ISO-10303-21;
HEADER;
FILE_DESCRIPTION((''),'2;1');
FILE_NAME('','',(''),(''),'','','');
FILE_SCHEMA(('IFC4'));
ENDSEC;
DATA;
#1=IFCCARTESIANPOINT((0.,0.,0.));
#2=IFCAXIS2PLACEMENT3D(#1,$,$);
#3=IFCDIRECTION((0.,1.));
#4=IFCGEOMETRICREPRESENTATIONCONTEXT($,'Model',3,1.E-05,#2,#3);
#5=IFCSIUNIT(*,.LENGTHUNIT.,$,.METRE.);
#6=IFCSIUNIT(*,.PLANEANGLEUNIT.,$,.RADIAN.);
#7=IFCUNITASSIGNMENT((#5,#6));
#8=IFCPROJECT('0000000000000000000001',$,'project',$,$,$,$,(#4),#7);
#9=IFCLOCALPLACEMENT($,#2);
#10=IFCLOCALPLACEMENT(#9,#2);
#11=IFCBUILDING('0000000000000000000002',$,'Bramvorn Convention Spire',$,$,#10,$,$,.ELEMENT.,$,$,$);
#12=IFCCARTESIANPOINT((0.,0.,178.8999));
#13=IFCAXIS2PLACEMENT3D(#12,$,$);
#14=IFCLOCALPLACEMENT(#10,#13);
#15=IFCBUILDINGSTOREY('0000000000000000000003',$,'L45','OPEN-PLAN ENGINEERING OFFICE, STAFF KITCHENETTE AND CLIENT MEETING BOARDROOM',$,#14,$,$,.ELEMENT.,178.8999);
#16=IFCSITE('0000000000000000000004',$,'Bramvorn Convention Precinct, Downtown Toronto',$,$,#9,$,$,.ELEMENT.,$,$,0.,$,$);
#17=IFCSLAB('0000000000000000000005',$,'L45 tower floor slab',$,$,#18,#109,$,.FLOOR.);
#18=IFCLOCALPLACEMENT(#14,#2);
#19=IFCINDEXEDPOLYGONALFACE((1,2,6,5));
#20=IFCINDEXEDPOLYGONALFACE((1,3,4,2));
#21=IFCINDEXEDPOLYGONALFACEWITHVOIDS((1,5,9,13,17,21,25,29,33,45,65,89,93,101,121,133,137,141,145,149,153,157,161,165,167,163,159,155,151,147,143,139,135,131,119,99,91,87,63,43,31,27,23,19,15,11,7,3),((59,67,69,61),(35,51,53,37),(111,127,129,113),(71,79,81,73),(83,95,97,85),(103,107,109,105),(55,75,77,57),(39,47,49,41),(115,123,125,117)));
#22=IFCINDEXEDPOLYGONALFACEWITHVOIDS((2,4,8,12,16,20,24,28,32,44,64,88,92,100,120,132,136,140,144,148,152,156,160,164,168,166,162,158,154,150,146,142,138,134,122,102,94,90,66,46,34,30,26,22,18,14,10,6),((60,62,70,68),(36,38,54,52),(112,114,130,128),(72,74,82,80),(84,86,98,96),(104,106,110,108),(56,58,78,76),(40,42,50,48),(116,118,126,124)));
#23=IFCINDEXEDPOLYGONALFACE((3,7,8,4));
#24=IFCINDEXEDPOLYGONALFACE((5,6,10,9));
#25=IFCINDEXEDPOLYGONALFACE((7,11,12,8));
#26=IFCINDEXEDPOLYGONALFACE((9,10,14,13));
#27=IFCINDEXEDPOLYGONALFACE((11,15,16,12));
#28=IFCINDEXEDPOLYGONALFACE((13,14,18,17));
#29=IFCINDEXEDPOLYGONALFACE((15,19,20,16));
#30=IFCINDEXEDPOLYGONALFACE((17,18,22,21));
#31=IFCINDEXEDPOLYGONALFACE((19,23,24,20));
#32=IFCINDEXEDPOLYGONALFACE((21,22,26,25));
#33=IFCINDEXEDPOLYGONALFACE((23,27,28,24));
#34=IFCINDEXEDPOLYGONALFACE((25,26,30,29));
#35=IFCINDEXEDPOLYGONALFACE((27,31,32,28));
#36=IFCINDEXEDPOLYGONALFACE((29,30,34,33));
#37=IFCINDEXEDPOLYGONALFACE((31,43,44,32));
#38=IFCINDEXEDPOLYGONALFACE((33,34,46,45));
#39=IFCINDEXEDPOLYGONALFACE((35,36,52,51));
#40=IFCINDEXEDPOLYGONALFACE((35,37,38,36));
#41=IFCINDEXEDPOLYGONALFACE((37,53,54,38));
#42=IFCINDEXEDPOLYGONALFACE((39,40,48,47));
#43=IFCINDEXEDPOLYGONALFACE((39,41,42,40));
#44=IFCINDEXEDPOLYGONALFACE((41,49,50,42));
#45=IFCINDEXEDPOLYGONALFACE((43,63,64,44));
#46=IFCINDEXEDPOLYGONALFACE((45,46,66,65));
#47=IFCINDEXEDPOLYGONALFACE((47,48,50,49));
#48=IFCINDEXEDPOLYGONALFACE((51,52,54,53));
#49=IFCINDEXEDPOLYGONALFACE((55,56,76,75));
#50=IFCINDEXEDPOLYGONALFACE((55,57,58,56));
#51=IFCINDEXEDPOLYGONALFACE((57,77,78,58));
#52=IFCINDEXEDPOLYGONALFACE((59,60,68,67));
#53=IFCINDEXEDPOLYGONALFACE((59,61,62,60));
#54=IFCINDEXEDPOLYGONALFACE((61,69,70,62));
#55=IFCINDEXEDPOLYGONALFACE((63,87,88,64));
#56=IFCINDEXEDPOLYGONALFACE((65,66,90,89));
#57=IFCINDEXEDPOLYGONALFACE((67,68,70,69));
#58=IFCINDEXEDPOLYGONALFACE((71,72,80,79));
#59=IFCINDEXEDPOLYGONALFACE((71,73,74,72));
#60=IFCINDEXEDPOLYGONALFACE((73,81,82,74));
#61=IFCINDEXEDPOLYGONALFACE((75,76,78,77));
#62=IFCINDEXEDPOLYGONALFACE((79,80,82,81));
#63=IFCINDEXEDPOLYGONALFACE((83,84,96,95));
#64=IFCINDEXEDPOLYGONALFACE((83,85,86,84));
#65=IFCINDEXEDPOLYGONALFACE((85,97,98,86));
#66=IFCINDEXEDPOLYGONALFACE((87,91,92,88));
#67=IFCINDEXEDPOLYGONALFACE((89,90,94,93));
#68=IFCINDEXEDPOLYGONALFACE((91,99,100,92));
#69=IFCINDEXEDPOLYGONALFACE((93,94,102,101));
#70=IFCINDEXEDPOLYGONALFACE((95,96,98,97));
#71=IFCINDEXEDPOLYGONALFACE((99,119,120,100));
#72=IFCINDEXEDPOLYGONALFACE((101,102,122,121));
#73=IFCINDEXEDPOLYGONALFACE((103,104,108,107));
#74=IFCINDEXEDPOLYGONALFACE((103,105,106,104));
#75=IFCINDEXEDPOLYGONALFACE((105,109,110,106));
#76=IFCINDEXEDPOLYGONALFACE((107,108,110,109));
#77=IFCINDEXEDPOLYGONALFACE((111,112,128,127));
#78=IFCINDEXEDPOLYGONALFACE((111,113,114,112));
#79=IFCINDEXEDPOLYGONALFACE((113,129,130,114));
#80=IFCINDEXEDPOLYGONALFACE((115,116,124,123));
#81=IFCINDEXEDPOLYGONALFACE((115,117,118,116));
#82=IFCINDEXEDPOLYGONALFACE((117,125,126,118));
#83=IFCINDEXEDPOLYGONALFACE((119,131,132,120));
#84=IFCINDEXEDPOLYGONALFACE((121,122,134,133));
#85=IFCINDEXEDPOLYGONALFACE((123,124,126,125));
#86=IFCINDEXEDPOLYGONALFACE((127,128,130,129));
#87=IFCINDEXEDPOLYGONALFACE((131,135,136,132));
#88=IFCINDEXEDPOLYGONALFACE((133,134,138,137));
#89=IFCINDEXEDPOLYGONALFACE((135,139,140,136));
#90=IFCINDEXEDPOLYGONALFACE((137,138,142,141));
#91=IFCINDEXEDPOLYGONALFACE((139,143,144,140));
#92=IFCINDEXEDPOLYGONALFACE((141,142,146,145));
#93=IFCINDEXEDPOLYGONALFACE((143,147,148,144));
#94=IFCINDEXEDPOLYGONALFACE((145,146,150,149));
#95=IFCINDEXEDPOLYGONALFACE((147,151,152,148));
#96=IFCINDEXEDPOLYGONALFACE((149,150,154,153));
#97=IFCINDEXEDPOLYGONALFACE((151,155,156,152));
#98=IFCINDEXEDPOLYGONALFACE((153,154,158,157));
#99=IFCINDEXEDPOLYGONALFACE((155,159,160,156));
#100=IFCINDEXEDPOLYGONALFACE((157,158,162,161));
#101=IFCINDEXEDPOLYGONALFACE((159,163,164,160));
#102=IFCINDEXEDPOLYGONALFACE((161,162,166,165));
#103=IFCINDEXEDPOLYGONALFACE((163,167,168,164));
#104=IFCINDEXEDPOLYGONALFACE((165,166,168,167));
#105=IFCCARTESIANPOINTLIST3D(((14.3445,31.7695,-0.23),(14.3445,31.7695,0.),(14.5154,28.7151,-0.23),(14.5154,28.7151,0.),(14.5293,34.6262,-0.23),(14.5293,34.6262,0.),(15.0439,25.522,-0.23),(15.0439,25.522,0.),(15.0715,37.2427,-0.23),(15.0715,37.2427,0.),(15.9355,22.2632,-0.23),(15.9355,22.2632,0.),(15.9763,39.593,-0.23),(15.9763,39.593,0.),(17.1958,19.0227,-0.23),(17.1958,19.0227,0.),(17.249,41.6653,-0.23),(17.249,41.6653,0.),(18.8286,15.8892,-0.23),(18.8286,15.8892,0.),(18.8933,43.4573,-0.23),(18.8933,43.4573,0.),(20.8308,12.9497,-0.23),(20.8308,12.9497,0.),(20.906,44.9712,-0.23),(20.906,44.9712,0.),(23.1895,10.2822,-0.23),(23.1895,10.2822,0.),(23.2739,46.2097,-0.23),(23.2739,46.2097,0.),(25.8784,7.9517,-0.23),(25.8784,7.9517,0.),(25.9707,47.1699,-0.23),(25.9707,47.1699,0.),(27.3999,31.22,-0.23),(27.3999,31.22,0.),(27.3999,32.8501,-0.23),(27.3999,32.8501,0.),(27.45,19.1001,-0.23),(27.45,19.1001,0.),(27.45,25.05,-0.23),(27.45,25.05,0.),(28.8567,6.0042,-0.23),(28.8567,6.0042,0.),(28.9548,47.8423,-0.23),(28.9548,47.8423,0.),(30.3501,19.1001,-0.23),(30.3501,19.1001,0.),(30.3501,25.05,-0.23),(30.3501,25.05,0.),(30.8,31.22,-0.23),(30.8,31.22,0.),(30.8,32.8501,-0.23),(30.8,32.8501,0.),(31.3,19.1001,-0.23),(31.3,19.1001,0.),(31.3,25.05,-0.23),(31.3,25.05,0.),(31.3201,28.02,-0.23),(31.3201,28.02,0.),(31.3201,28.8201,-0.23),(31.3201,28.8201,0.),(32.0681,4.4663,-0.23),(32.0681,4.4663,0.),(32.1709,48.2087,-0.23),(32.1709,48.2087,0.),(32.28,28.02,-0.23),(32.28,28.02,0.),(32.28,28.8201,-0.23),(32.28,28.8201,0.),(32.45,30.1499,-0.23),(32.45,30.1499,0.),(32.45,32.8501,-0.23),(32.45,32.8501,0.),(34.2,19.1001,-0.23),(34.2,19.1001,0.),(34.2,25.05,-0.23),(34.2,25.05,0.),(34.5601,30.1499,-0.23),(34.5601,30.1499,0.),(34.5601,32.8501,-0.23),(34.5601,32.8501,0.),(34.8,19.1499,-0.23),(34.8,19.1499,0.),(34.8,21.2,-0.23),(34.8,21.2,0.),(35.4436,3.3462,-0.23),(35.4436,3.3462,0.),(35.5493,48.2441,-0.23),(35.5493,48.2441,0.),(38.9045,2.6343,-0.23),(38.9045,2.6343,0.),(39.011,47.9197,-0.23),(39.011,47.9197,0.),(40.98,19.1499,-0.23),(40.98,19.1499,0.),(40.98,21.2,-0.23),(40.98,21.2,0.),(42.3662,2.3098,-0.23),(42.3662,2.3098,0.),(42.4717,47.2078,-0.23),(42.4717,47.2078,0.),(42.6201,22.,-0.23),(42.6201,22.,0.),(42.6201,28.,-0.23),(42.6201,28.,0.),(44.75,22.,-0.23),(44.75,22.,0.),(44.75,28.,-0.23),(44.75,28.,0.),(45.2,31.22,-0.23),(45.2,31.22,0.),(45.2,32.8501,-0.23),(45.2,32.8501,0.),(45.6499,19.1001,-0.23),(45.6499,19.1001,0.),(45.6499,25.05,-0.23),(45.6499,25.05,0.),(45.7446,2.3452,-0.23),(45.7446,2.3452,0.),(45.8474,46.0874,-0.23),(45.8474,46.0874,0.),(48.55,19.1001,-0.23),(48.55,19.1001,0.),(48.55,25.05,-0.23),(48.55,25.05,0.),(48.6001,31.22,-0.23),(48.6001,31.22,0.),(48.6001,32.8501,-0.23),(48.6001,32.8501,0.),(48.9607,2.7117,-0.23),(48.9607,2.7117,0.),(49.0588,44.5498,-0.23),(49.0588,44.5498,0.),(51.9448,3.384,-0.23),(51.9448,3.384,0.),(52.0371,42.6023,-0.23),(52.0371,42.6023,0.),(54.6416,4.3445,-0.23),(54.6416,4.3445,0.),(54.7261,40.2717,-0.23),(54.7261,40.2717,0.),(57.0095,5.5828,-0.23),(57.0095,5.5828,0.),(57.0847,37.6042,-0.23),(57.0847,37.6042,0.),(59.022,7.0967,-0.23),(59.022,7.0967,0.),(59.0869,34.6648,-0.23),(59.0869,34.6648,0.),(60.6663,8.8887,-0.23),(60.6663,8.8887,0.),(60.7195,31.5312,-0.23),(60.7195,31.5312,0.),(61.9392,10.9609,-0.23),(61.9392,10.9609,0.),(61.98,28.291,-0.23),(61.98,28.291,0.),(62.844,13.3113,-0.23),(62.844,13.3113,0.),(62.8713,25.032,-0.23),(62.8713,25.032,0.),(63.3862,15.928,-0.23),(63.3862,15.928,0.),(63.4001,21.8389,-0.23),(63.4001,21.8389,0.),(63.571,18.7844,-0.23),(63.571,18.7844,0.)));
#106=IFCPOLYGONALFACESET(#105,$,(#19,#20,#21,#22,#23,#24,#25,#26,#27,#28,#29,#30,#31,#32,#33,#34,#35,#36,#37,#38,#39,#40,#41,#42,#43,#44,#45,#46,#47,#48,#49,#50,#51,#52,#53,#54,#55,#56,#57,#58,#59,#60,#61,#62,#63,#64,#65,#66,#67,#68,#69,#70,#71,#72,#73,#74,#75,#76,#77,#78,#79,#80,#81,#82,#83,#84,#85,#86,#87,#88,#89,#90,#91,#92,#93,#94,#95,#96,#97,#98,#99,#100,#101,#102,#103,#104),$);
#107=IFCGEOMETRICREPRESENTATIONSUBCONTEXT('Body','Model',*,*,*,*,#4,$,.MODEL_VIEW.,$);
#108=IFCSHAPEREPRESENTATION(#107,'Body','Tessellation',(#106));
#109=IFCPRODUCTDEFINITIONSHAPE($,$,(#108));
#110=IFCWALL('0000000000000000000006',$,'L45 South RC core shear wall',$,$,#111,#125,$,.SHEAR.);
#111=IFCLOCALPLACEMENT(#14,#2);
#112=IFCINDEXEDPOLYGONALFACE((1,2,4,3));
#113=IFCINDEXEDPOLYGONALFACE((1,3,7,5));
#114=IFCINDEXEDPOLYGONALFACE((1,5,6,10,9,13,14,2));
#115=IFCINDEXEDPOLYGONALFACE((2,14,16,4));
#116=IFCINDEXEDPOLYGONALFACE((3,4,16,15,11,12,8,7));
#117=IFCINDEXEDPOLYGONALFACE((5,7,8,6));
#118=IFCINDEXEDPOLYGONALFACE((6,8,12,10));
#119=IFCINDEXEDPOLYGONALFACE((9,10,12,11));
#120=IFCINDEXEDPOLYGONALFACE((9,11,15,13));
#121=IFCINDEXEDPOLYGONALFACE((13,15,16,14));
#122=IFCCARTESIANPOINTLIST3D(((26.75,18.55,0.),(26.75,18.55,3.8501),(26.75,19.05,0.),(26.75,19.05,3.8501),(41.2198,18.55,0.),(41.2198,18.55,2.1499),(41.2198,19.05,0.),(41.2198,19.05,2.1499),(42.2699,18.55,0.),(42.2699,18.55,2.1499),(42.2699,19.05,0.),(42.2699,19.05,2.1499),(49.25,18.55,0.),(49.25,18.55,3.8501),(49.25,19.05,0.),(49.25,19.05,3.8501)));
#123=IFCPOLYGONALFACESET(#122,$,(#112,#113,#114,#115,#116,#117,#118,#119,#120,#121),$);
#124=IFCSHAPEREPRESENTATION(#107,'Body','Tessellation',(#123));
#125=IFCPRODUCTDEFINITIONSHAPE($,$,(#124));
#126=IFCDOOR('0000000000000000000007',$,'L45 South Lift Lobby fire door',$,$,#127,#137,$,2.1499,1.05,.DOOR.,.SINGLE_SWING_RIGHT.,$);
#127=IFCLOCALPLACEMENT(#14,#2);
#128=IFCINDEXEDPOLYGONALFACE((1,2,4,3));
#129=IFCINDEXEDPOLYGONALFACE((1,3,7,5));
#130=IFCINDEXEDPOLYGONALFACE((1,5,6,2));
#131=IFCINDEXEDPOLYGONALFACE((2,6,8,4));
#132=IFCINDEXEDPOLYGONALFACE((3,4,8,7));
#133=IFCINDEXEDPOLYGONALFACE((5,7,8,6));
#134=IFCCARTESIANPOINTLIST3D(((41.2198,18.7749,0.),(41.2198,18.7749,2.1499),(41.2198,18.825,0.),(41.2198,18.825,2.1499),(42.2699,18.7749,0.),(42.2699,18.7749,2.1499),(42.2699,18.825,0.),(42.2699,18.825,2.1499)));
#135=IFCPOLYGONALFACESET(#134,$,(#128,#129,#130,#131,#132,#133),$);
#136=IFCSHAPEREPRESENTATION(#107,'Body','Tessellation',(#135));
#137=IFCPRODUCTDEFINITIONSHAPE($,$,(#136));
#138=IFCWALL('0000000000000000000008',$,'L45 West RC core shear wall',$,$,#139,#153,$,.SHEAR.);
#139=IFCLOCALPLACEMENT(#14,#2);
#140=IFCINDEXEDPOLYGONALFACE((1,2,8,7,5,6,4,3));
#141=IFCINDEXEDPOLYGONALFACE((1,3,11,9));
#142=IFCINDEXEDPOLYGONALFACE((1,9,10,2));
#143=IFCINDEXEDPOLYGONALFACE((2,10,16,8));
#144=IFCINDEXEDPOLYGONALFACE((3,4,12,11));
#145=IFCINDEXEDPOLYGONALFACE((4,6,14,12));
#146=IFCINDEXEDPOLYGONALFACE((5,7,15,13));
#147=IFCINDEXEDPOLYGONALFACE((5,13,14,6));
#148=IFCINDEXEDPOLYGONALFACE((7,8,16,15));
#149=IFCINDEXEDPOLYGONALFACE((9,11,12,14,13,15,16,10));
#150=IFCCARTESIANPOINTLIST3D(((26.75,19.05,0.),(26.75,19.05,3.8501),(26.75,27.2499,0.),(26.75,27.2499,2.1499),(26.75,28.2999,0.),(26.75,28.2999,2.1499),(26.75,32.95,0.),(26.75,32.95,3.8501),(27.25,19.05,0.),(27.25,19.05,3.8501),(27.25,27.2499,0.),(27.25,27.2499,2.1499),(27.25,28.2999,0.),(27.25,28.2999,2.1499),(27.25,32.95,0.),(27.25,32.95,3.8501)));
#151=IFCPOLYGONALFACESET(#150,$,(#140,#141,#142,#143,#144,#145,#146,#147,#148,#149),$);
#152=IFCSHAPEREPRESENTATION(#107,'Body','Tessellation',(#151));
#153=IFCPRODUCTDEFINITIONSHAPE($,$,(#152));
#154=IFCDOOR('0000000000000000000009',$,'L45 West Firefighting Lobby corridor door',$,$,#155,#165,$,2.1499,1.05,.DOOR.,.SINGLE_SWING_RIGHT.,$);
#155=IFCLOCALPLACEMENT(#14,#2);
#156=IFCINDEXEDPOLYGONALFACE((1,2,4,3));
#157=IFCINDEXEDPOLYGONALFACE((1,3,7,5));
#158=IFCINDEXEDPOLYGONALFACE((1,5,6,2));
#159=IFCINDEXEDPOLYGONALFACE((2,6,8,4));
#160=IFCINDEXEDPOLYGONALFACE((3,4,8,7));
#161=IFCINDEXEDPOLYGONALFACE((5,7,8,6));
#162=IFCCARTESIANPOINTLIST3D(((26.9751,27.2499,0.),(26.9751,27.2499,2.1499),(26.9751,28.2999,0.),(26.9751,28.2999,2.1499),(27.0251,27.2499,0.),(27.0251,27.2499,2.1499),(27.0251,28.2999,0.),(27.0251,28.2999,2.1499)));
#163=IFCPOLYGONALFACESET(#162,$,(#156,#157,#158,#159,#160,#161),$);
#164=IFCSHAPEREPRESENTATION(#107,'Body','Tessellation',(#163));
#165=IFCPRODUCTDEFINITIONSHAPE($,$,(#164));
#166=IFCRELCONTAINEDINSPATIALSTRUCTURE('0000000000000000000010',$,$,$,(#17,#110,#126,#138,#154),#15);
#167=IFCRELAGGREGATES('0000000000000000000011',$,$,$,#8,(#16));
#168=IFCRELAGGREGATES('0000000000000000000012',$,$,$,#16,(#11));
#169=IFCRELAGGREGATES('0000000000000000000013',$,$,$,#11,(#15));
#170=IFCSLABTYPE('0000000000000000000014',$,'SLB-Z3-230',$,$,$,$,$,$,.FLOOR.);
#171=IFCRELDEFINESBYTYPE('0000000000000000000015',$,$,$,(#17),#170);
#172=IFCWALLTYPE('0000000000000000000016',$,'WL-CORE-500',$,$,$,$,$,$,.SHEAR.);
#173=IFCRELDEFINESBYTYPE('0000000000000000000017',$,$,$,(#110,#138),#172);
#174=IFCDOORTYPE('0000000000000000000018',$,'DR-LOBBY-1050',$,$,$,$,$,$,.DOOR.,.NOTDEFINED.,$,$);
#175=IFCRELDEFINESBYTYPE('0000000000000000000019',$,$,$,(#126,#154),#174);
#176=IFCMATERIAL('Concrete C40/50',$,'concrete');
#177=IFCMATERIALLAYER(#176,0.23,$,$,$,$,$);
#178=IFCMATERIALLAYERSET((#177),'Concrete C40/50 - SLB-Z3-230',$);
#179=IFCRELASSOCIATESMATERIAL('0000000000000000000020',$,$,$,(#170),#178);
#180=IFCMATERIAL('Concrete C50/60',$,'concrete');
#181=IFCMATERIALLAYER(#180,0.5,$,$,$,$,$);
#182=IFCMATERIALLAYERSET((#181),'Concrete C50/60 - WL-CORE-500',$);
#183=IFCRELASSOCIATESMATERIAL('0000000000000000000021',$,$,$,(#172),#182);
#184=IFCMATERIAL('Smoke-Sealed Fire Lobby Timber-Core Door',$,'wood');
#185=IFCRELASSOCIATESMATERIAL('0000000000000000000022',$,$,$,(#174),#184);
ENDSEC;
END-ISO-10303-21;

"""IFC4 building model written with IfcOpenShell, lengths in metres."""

from ifc_helpers import new_model, si_unit, direction, frame, frame_2d, origin, place, context, subcontext, project, spatial, polyline, rectangle, outline, extrude, material, layer, layer_set, type_object, element, fill, save


model = new_model("IFC4")

# Units and contexts
model_context = context("Model", 3, precision=1e-05, world=origin(), true_north=direction((0.0, 1.0)))
body_context = subcontext(model_context, "Body", "Model", "MODEL_VIEW")
ifc_project = project(units=[si_unit("LENGTHUNIT", "METRE"), si_unit("PLANEANGLEUNIT", "RADIAN")], contexts=[model_context])

# Site, building, storey
site_placement = place(None, origin())
site = spatial("IfcSite", under=ifc_project, at=site_placement, Name="Bramvorn Convention Precinct, Downtown Toronto", CompositionType="ELEMENT", RefElevation=0.0)
building_placement = place(site_placement, origin())
building = spatial("IfcBuilding", under=site, at=building_placement, Name="Bramvorn Convention Spire", CompositionType="ELEMENT")
storey_placement = place(building_placement, frame((0.0, 0.0, 178.8999)))
storey = spatial("IfcBuildingStorey", under=building, at=storey_placement, Name="L45", Description="OPEN-PLAN ENGINEERING OFFICE, STAFF KITCHENETTE AND CLIENT MEETING BOARDROOM", CompositionType="ELEMENT", Elevation=178.8999)

# Slab
ifc_material_1 = material(Name="Concrete C40/50", Category="concrete")
ifc_layer_1 = layer(ifc_material_1, 0.23)
ifc_layer_set_1 = layer_set([ifc_layer_1], Name="Concrete C40/50 - SLB-Z3-230")
slab_type_1 = type_object("IfcSlabType", Name="SLB-Z3-230", PredefinedType="FLOOR", material=ifc_layer_set_1)
slab_1_placement = place(storey_placement, frame((0.0, 0.0, -0.23)))
element("IfcSlab", 1, at=slab_1_placement, inside=storey, type_object=slab_type_1, Name="L45 tower floor slab", PredefinedType="FLOOR", context=body_context, shape_type="SweptSolid", body=[
    extrude(outline(polyline([(60.6663, 8.8887), (61.9392, 10.9609), (62.844, 13.3113), (63.3862, 15.928), (63.571, 18.7844), (63.4001, 21.8389), (62.8713, 25.032), (61.98, 28.291), (60.7195, 31.5312), (59.0869, 34.6648), (57.0847, 37.6042), (54.7261, 40.2717), (52.0371, 42.6023), (49.0588, 44.5498), (45.8474, 46.0874), (42.4717, 47.2078), (39.011, 47.9197), (35.5493, 48.2441), (32.1709, 48.2087), (28.9548, 47.8423), (25.9707, 47.1699), (23.2739, 46.2097), (20.906, 44.9712), (18.8933, 43.4573), (17.249, 41.6653), (15.9763, 39.593), (15.0715, 37.2427), (14.5293, 34.6262), (14.3445, 31.7695), (14.5154, 28.7151), (15.0439, 25.522), (15.9355, 22.2632), (17.1958, 19.0227), (18.8286, 15.8892), (20.8308, 12.9497), (23.1895, 10.2822), (25.8784, 7.9517), (28.8567, 6.0042), (32.0681, 4.4663), (35.4436, 3.3462), (38.9045, 2.6343), (42.3662, 2.3098), (45.7446, 2.3452), (48.9607, 2.7117), (51.9448, 3.384), (54.6416, 4.3445), (57.0095, 5.5828), (59.022, 7.0967), (60.6663, 8.8887)]), holes=[polyline([(27.45, 25.05), (27.45, 19.1001), (30.3501, 19.1001), (30.3501, 25.05), (27.45, 25.05)]), polyline([(45.6499, 25.05), (45.6499, 19.1001), (48.55, 19.1001), (48.55, 25.05), (45.6499, 25.05)]), polyline([(31.3, 25.05), (31.3, 19.1001), (34.2, 19.1001), (34.2, 25.05), (31.3, 25.05)]), polyline([(27.3999, 31.22), (30.8, 31.22), (30.8, 32.8501), (27.3999, 32.8501), (27.3999, 31.22)]), polyline([(45.2, 31.22), (48.6001, 31.22), (48.6001, 32.8501), (45.2, 32.8501), (45.2, 31.22)]), polyline([(32.45, 30.1499), (34.5601, 30.1499), (34.5601, 32.8501), (32.45, 32.8501), (32.45, 30.1499)]), polyline([(34.8, 19.1499), (40.98, 19.1499), (40.98, 21.2), (34.8, 21.2), (34.8, 19.1499)]), polyline([(42.6201, 22.0), (44.75, 22.0), (44.75, 28.0), (42.6201, 28.0), (42.6201, 22.0)]), polyline([(31.3201, 28.02), (32.28, 28.02), (32.28, 28.8201), (31.3201, 28.8201), (31.3201, 28.02)])]), origin(), (0.0, 0.0, 1.0), 0.23),
])

# Walls, openings, doors
ifc_material_2 = material(Name="Concrete C50/60", Category="concrete")
ifc_layer_2 = layer(ifc_material_2, 0.5)
ifc_layer_set_2 = layer_set([ifc_layer_2], Name="Concrete C50/60 - WL-CORE-500")
wall_type_1 = type_object("IfcWallType", Name="WL-CORE-500", PredefinedType="SHEAR", material=ifc_layer_set_2)
wall_1_placement = place(storey_placement, frame((26.75, 18.8, 0.0), z_axis=(0.0, 0.0, 1.0), x_axis=(1.0, 0.0, 0.0)))
wall_1 = element("IfcWall", 2, at=wall_1_placement, inside=storey, type_object=wall_type_1, Name="L45 South RC core shear wall", PredefinedType="SHEAR", context=body_context, shape_type="SweptSolid", body=[
    extrude(rectangle(XDim=22.5, YDim=0.5, at=frame_2d((11.25, 0.0))), origin(), (0.0, 0.0, 1.0), 3.8501),
])
opening_1_placement = place(wall_1_placement, frame((14.47, 0.0, 0.0)))
opening_1 = element("IfcOpeningElement", 3, at=opening_1_placement, cuts=wall_1, PredefinedType="OPENING", context=body_context, shape_type="SweptSolid", body=[
    extrude(rectangle(XDim=1.05, YDim=2.1499, at=frame_2d((0.5249, 1.075))), frame((0.0, 0.26, 0.0), z_axis=(0.0, -1.0, 0.0), x_axis=(1.0, 0.0, 0.0)), (0.0, 0.0, 1.0), 0.52),
])
ifc_material_3 = material(Name="Smoke-Sealed Fire Lobby Timber-Core Door", Category="wood")
door_type_1 = type_object("IfcDoorType", Name="DR-LOBBY-1050", OperationType="NOTDEFINED", PredefinedType="DOOR", material=ifc_material_3)
door_1_placement = place(opening_1_placement, origin())
door_1 = element("IfcDoor", 4, at=door_1_placement, inside=storey, type_object=door_type_1, Name="L45 South Lift Lobby fire door", OperationType="SINGLE_SWING_RIGHT", OverallHeight=2.1499, OverallWidth=1.05, PredefinedType="DOOR", context=body_context, shape_type="SweptSolid", body=[
    extrude(rectangle(XDim=1.05, YDim=2.1499, at=frame_2d((0.5249, 1.075))), frame((0.0, 0.0249, 0.0), z_axis=(0.0, -1.0, 0.0), x_axis=(1.0, 0.0, 0.0)), (0.0, 0.0, 1.0), 0.05),
])
fill(opening_1, door_1)
wall_2_placement = place(storey_placement, frame((27.0, 19.05, 0.0), z_axis=(0.0, 0.0, 1.0), x_axis=(0.0, 1.0, 0.0)))
wall_2 = element("IfcWall", 5, at=wall_2_placement, inside=storey, type_object=wall_type_1, Name="L45 West RC core shear wall", PredefinedType="SHEAR", context=body_context, shape_type="SweptSolid", body=[
    extrude(rectangle(XDim=13.8999, YDim=0.5, at=frame_2d((6.95, 0.0))), origin(), (0.0, 0.0, 1.0), 3.8501),
])
opening_2_placement = place(wall_2_placement, frame((8.2, 0.0, 0.0)))
opening_2 = element("IfcOpeningElement", 6, at=opening_2_placement, cuts=wall_2, PredefinedType="OPENING", context=body_context, shape_type="SweptSolid", body=[
    extrude(rectangle(XDim=1.05, YDim=2.1499, at=frame_2d((0.5249, 1.075))), frame((0.0, 0.26, 0.0), z_axis=(0.0, -1.0, 0.0), x_axis=(1.0, 0.0, 0.0)), (0.0, 0.0, 1.0), 0.52),
])
door_2_placement = place(opening_2_placement, origin())
door_2 = element("IfcDoor", 7, at=door_2_placement, inside=storey, type_object=door_type_1, Name="L45 West Firefighting Lobby corridor door", OperationType="SINGLE_SWING_RIGHT", OverallHeight=2.1499, OverallWidth=1.05, PredefinedType="DOOR", context=body_context, shape_type="SweptSolid", body=[
    extrude(rectangle(XDim=1.05, YDim=2.1499, at=frame_2d((0.5249, 1.075))), frame((0.0, 0.0249, 0.0), z_axis=(0.0, -1.0, 0.0), x_axis=(1.0, 0.0, 0.0)), (0.0, 0.0, 1.0), 0.05),
])
fill(opening_2, door_2)

save(model, "model.ifc")
